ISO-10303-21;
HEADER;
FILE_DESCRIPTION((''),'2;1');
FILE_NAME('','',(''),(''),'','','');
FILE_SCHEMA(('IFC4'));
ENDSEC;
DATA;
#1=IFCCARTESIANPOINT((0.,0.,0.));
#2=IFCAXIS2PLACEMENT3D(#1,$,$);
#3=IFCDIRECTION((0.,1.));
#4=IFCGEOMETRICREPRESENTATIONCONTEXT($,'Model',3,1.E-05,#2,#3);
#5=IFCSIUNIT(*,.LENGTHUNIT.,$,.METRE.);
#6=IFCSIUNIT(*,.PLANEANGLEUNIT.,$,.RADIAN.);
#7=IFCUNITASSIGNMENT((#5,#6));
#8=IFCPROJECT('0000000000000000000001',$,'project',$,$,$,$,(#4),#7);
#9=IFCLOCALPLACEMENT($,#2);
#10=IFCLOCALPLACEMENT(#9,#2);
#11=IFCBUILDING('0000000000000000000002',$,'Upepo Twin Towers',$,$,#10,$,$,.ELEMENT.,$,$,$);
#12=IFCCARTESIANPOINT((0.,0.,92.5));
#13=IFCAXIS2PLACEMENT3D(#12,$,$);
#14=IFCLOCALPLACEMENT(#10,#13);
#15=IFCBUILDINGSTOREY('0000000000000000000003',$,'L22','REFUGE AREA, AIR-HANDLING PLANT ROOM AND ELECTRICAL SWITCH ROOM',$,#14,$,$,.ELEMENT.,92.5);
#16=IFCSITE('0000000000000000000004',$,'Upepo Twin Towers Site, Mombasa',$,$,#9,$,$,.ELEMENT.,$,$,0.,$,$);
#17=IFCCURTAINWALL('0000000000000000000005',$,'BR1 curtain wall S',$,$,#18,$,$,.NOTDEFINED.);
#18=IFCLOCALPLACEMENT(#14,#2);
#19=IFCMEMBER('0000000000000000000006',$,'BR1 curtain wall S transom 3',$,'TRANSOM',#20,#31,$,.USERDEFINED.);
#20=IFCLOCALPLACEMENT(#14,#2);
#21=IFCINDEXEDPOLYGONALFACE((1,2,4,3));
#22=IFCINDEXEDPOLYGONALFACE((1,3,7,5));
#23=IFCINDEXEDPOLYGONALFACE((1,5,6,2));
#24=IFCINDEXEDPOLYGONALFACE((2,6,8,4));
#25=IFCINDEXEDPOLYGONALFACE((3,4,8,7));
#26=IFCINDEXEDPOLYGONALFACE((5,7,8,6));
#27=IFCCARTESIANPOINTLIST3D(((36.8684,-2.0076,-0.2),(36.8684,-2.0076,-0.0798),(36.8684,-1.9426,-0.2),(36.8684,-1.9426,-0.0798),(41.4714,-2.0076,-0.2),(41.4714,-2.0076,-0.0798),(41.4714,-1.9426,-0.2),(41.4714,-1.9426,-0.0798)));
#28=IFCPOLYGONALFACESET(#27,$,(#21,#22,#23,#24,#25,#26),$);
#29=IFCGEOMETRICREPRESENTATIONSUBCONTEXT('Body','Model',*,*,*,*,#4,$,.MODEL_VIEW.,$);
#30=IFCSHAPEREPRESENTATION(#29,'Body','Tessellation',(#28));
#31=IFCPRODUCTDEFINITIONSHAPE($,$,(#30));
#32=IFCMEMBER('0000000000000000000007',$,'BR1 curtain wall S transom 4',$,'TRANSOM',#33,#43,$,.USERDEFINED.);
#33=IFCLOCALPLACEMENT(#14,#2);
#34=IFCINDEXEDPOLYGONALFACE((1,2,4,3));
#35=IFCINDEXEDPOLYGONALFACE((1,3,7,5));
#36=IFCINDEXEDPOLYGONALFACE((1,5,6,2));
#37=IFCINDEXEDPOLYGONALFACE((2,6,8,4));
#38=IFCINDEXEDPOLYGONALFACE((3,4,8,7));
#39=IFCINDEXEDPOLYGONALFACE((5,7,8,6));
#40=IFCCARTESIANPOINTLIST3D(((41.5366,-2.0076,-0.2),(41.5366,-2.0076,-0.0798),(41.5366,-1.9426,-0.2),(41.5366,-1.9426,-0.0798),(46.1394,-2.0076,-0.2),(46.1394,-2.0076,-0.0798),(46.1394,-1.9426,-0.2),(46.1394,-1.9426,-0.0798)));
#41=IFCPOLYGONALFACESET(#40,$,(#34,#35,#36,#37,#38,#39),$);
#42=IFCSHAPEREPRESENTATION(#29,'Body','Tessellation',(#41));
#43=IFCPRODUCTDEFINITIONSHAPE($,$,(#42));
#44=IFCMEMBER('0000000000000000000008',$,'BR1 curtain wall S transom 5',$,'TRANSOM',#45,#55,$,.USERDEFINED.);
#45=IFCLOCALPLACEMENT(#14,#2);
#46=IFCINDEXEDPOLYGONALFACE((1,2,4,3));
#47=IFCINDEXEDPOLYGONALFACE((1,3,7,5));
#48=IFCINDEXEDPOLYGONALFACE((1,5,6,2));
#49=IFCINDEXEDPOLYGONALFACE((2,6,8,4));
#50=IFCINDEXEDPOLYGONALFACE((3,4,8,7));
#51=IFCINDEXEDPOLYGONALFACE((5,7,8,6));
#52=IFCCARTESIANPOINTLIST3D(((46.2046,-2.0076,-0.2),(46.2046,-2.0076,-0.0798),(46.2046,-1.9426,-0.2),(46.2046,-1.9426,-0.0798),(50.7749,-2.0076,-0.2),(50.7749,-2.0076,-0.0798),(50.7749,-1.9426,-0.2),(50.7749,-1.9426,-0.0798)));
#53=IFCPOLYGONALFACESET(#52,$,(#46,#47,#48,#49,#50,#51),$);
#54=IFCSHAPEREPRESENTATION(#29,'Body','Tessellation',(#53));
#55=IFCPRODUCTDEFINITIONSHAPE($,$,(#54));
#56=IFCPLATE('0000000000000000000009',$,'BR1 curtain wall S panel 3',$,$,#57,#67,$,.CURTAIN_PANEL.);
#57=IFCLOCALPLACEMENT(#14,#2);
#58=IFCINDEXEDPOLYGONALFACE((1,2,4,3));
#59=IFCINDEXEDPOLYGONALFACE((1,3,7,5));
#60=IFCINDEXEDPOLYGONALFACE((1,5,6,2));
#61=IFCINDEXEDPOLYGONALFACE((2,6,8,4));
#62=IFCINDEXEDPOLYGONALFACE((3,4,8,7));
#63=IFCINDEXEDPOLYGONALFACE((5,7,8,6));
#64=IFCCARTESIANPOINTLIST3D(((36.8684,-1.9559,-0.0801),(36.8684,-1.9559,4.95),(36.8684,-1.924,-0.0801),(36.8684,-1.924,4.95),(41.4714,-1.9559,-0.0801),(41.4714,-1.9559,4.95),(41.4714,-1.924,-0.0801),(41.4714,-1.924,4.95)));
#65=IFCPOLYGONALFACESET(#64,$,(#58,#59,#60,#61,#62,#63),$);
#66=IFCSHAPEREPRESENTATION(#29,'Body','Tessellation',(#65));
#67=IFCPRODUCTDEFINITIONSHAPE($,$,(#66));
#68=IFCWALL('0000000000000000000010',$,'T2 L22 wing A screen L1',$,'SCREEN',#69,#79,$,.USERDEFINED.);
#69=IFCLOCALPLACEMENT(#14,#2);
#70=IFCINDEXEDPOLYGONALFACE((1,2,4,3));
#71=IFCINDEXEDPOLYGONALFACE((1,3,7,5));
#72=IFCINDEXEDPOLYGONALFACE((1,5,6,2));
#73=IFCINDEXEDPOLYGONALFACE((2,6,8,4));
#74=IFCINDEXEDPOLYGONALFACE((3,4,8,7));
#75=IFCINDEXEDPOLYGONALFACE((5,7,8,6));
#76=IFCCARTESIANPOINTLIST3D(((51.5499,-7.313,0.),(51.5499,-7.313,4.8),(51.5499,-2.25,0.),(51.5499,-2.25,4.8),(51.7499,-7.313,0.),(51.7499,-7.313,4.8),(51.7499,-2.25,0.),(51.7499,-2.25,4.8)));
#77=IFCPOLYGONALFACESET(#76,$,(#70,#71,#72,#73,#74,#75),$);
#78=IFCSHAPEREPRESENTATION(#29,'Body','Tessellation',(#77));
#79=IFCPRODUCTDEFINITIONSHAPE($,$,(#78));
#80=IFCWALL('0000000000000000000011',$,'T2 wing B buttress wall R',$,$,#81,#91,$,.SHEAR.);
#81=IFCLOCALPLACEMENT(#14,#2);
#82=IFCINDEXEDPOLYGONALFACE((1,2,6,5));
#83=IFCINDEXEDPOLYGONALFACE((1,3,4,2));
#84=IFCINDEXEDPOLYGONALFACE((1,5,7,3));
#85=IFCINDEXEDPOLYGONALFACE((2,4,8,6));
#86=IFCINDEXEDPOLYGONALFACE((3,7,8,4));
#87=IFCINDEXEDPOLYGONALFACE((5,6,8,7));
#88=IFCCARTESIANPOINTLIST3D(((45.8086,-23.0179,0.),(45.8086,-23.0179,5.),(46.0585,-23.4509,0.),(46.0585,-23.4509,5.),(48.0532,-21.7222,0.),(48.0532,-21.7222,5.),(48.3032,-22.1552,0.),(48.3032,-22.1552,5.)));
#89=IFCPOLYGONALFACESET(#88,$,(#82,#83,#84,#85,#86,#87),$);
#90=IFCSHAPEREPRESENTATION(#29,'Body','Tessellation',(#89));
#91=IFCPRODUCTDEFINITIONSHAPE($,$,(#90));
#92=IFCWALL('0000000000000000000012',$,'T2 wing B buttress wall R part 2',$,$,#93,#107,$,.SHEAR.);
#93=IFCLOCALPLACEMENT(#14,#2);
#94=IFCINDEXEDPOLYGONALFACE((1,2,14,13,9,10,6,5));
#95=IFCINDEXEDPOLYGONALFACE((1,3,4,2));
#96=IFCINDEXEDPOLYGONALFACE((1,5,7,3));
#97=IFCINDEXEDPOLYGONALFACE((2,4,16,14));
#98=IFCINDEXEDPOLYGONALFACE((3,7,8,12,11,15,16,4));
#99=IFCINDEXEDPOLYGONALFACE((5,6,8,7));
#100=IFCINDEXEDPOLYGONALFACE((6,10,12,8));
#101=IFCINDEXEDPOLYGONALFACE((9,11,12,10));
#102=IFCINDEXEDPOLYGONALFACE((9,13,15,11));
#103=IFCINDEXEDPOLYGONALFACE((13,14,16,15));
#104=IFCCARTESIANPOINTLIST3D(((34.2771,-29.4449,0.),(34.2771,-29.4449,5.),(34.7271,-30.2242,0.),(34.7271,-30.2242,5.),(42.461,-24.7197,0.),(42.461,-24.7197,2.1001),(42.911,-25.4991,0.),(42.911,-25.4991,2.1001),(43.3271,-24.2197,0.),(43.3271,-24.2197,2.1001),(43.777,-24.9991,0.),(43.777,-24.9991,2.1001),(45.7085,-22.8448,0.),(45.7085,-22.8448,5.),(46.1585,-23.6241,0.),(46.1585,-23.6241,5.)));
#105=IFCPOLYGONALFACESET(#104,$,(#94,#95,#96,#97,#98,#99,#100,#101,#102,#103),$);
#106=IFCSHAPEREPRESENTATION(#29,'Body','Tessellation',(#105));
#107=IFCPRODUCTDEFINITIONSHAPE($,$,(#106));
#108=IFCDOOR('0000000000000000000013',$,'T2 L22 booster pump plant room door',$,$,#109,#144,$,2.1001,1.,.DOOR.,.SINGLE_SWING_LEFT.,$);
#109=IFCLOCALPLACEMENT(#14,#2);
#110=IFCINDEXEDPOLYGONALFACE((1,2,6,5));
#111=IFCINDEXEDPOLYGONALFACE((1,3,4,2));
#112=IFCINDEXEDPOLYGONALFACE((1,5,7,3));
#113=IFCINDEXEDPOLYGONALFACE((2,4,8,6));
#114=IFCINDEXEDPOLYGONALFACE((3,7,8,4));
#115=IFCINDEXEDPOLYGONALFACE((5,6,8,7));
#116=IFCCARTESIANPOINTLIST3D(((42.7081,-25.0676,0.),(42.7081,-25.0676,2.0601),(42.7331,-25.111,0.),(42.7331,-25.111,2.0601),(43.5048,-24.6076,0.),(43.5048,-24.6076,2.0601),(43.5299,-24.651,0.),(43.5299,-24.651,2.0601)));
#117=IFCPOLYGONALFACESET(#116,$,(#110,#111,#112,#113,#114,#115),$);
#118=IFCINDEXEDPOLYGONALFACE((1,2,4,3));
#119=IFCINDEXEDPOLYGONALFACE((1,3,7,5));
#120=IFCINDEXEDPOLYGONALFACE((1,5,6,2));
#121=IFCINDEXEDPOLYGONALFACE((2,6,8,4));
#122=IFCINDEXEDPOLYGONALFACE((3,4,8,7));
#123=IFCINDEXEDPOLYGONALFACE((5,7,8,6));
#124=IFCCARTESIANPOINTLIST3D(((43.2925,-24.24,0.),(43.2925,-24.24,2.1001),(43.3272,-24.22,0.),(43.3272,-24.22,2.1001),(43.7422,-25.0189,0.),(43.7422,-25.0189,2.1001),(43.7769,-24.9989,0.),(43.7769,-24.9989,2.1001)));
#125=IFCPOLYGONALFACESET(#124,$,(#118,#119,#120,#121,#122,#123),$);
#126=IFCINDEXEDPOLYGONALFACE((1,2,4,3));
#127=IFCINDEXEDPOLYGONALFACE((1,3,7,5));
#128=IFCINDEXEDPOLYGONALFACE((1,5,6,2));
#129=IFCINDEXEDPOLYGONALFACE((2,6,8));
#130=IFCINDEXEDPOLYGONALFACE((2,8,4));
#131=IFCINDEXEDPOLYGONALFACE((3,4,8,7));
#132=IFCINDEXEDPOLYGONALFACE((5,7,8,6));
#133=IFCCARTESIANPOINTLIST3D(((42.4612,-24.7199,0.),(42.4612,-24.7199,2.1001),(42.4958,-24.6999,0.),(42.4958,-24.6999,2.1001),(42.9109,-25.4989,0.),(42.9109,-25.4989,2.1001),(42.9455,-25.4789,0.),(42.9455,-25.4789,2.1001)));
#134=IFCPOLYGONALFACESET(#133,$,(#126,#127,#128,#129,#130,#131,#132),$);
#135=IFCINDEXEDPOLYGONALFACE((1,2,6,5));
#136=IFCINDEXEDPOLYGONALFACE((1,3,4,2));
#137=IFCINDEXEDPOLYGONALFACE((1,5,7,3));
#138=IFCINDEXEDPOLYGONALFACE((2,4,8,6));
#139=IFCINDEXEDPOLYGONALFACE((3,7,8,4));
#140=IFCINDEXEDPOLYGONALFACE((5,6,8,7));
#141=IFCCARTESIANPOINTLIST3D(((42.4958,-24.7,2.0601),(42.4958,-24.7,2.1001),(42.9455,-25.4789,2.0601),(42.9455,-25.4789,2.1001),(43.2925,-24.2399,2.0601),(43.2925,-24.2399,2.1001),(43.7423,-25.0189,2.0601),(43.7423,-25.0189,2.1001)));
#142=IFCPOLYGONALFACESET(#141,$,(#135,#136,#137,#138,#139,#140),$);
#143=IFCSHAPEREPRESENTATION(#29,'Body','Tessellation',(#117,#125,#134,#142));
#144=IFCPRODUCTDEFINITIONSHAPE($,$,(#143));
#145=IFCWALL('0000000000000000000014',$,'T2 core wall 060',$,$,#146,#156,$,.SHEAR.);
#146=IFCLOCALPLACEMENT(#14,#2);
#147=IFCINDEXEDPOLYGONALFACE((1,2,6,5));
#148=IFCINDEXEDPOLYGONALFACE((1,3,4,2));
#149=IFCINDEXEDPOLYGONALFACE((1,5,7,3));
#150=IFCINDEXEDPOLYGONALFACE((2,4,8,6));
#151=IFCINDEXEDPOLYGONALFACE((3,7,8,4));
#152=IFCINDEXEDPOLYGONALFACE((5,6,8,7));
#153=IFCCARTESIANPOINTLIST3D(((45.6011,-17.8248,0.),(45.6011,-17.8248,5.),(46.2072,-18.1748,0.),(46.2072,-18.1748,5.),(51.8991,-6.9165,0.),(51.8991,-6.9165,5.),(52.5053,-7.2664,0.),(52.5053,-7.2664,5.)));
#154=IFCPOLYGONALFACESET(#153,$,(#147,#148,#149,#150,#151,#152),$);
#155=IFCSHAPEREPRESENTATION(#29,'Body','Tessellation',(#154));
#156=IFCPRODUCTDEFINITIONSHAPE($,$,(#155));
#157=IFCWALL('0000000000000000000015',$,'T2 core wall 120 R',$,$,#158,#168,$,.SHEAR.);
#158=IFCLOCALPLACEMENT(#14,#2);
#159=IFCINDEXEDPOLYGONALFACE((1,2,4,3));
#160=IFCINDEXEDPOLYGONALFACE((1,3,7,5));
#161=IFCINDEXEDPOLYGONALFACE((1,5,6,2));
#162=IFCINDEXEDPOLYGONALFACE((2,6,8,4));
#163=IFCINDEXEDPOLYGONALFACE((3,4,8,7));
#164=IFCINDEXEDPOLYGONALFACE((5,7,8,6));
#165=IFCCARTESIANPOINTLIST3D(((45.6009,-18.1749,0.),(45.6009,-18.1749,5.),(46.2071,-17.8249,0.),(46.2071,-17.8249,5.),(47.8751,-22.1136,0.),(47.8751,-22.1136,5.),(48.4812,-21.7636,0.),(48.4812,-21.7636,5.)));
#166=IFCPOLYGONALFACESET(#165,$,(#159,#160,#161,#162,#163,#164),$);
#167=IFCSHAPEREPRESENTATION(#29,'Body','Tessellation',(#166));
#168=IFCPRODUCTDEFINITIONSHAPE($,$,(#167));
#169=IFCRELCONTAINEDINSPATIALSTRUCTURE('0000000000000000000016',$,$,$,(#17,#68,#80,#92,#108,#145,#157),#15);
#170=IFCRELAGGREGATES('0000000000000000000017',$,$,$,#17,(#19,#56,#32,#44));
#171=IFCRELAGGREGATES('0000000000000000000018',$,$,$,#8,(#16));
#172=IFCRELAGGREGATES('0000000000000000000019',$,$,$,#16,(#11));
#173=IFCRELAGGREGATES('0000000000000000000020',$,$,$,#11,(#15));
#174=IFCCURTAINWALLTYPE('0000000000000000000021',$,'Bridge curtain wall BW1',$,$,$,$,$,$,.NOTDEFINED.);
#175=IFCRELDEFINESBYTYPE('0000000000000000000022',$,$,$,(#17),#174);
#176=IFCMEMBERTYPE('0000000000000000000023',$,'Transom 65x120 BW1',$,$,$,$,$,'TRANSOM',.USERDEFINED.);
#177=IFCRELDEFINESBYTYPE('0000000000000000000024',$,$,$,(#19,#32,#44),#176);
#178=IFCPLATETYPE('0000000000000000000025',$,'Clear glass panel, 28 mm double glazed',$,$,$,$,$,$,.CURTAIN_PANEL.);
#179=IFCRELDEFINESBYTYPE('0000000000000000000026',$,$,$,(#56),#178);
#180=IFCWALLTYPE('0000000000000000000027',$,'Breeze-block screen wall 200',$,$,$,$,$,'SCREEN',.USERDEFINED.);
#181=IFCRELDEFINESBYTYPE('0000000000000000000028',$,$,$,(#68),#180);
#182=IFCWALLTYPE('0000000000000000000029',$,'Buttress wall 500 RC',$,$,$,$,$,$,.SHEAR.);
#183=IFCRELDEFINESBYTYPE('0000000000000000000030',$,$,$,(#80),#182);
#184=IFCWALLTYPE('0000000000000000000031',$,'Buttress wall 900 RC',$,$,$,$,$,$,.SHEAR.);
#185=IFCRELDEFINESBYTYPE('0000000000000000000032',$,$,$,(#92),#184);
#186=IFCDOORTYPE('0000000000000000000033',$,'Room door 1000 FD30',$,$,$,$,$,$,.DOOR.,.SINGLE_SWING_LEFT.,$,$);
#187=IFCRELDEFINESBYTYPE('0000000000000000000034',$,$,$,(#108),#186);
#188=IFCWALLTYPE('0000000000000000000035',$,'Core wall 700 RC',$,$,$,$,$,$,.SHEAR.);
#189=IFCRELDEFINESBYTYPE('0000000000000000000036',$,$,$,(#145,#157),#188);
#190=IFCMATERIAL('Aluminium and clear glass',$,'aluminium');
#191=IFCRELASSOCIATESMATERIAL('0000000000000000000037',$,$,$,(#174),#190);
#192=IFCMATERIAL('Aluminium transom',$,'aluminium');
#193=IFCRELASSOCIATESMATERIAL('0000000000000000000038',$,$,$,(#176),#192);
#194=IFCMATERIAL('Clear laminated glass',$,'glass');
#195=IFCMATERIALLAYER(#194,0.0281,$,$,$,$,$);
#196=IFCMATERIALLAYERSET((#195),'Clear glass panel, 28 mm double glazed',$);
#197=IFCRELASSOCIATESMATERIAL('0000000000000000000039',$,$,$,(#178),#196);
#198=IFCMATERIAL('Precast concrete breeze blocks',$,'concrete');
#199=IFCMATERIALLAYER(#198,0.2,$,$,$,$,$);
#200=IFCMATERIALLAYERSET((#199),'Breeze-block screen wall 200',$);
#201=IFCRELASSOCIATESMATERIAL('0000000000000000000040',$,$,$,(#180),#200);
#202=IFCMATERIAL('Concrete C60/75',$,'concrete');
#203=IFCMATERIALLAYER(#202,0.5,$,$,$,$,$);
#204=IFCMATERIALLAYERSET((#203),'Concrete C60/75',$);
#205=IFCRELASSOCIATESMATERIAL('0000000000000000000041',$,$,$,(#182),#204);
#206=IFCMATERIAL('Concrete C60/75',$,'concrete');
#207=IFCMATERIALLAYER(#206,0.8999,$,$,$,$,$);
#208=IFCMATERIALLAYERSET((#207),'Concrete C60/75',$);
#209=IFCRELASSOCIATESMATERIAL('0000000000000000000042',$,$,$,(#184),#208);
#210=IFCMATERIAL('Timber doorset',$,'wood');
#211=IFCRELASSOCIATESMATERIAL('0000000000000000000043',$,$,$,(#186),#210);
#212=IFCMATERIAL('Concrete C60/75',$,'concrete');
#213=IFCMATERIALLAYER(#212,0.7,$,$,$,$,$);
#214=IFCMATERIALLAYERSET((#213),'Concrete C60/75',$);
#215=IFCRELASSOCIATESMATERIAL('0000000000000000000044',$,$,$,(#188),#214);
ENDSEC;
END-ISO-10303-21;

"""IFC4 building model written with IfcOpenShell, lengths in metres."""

from ifc_helpers import new_model, si_unit, direction, frame, frame_2d, origin, origin_2d, place, context, subcontext, project, spatial, rectangle, extrude, material, layer, layer_set, material_profile, profile_set, type_object, element, fill, aggregate, save


model = new_model("IFC4")

# Units and contexts
model_context = context("Model", 3, precision=1e-05, world=origin(), true_north=direction((0.0, 1.0)))
body_context = subcontext(model_context, "Body", "Model", "MODEL_VIEW")
ifc_project = project(units=[si_unit("LENGTHUNIT", "METRE"), si_unit("PLANEANGLEUNIT", "RADIAN")], contexts=[model_context])

# Site, building, storey
site_placement = place(None, origin())
site = spatial("IfcSite", under=ifc_project, at=site_placement, Name="Upepo Twin Towers Site, Mombasa", CompositionType="ELEMENT", RefElevation=0.0)
building_placement = place(site_placement, origin())
building = spatial("IfcBuilding", under=site, at=building_placement, Name="Upepo Twin Towers", CompositionType="ELEMENT")
storey_placement = place(building_placement, frame((0.0, 0.0, 92.5)))
storey = spatial("IfcBuildingStorey", under=building, at=storey_placement, Name="L22", Description="REFUGE AREA, AIR-HANDLING PLANT ROOM AND ELECTRICAL SWITCH ROOM", CompositionType="ELEMENT", Elevation=92.5)

# Curtain wall, members, plate
ifc_material_1 = material(Name="Aluminium and clear glass", Category="aluminium")
curtain_wall_type = type_object("IfcCurtainWallType", Name="Bridge curtain wall BW1", PredefinedType="NOTDEFINED", material=ifc_material_1)
curtain_wall_placement = place(storey_placement, origin())
curtain_wall = element("IfcCurtainWall", 1, at=curtain_wall_placement, inside=storey, type_object=curtain_wall_type, Name="BR1 curtain wall S", PredefinedType="NOTDEFINED")
ifc_material_2 = material(Name="Aluminium transom", Category="aluminium")
ifc_material_profile_1 = material_profile(ifc_material_2, rectangle(XDim=0.0649, YDim=0.1201, at=origin_2d()), Name="TRANSOM 65x120 BRIDGE")
ifc_profile_set_1 = profile_set([ifc_material_profile_1], Name="Aluminium transom")
member_type_1 = type_object("IfcMemberType", Name="Transom 65x120 BW1", ElementType="TRANSOM", PredefinedType="USERDEFINED", material=ifc_profile_set_1)
member_1_placement = place(storey_placement, frame((36.8684, -1.9751, -0.1399), z_axis=(1.0, 0.0, 0.0), x_axis=(0.0, 1.0, 0.0)))
member_1 = element("IfcMember", 2, at=member_1_placement, type_object=member_type_1, Name="BR1 curtain wall S transom 3", ObjectType="TRANSOM", PredefinedType="USERDEFINED", context=body_context, shape_type="SweptSolid", body=[
    extrude(rectangle(XDim=0.0649, YDim=0.1201, at=origin_2d()), origin(), (0.0, 0.0, 1.0), 4.603),
])
member_2_placement = place(storey_placement, frame((41.5366, -1.9751, -0.1399), z_axis=(1.0, 0.0, 0.0), x_axis=(0.0, 1.0, 0.0)))
member_2 = element("IfcMember", 3, at=member_2_placement, type_object=member_type_1, Name="BR1 curtain wall S transom 4", ObjectType="TRANSOM", PredefinedType="USERDEFINED", context=body_context, shape_type="SweptSolid", body=[
    extrude(rectangle(XDim=0.0649, YDim=0.1201, at=origin_2d()), origin(), (0.0, 0.0, 1.0), 4.6028),
])
member_3_placement = place(storey_placement, frame((46.2046, -1.9751, -0.1399), z_axis=(1.0, 0.0, 0.0), x_axis=(0.0, 1.0, 0.0)))
member_3 = element("IfcMember", 4, at=member_3_placement, type_object=member_type_1, Name="BR1 curtain wall S transom 5", ObjectType="TRANSOM", PredefinedType="USERDEFINED", context=body_context, shape_type="SweptSolid", body=[
    extrude(rectangle(XDim=0.0649, YDim=0.1201, at=origin_2d()), origin(), (0.0, 0.0, 1.0), 4.5703),
])
ifc_material_3 = material(Name="Clear laminated glass", Category="glass")
ifc_layer_1 = layer(ifc_material_3, 0.0281)
ifc_layer_set_1 = layer_set([ifc_layer_1], Name="Clear glass panel, 28 mm double glazed")
plate_type = type_object("IfcPlateType", Name="Clear glass panel, 28 mm double glazed", PredefinedType="CURTAIN_PANEL", material=ifc_layer_set_1)
plate_placement = place(storey_placement, frame((39.1699, -1.9399, -0.0801), z_axis=(0.0, 0.0, 1.0), x_axis=(1.0, 0.0, 0.0)))
plate = element("IfcPlate", 5, at=plate_placement, type_object=plate_type, Name="BR1 curtain wall S panel 3", PredefinedType="CURTAIN_PANEL", context=body_context, shape_type="SweptSolid", body=[
    extrude(rectangle(XDim=4.603, YDim=0.032, at=origin_2d()), origin(), (0.0, 0.0, 1.0), 5.03),
])
aggregate(curtain_wall, [member_1, plate, member_2, member_3])

# Walls
ifc_material_4 = material(Name="Precast concrete breeze blocks", Category="concrete")
ifc_layer_2 = layer(ifc_material_4, 0.2)
ifc_layer_set_2 = layer_set([ifc_layer_2], Name="Breeze-block screen wall 200")
wall_type_1 = type_object("IfcWallType", Name="Breeze-block screen wall 200", ElementType="SCREEN", PredefinedType="USERDEFINED", material=ifc_layer_set_2)
wall_1_placement = place(storey_placement, frame((51.6499, -7.313, 0.0), z_axis=(0.0, 0.0, 1.0), x_axis=(0.0, 1.0, 0.0)))
element("IfcWall", 6, at=wall_1_placement, inside=storey, type_object=wall_type_1, Name="T2 L22 wing A screen L1", ObjectType="SCREEN", PredefinedType="USERDEFINED", context=body_context, shape_type="SweptSolid", body=[
    extrude(rectangle(XDim=5.063, YDim=0.2, at=frame_2d((2.5315, 0.0))), origin(), (0.0, 0.0, 1.0), 4.8),
])
ifc_material_5 = material(Name="Concrete C60/75", Category="concrete")
ifc_layer_3 = layer(ifc_material_5, 0.5)
ifc_layer_set_3 = layer_set([ifc_layer_3], Name="Concrete C60/75")
wall_type_2 = type_object("IfcWallType", Name="Buttress wall 500 RC", PredefinedType="SHEAR", material=ifc_layer_set_3)
wall_2_placement = place(storey_placement, frame((48.1782, -21.9387, 0.0), z_axis=(0.0, 0.0, 1.0), x_axis=(-0.866073, -0.499918, 0.0)))
element("IfcWall", 7, at=wall_2_placement, inside=storey, type_object=wall_type_2, Name="T2 wing B buttress wall R", PredefinedType="SHEAR", context=body_context, shape_type="SweptSolid", body=[
    extrude(rectangle(XDim=2.5918, YDim=0.5, at=frame_2d((1.2959, 0.0))), origin(), (0.0, 0.0, 1.0), 5.0),
])

# Wall, opening, door
ifc_material_6 = material(Name="Concrete C60/75", Category="concrete")
ifc_layer_4 = layer(ifc_material_6, 0.8999)
ifc_layer_set_4 = layer_set([ifc_layer_4], Name="Concrete C60/75")
wall_type_3 = type_object("IfcWallType", Name="Buttress wall 900 RC", PredefinedType="SHEAR", material=ifc_layer_set_4)
wall_3_placement = place(storey_placement, frame((45.9336, -23.2344, 0.0), z_axis=(0.0, 0.0, 1.0), x_axis=(-0.86602, -0.50001, 0.0)))
wall_3 = element("IfcWall", 8, at=wall_3_placement, inside=storey, type_object=wall_type_3, Name="T2 wing B buttress wall R part 2", PredefinedType="SHEAR", context=body_context, shape_type="SweptSolid", body=[
    extrude(rectangle(XDim=13.2, YDim=0.8999, at=frame_2d((6.6001, 0.0))), origin(), (0.0, 0.0, 1.0), 5.0),
])
opening_1_placement = place(wall_3_placement, frame((2.75, 0.0, 0.0)))
opening_1 = element("IfcOpeningElement", 9, at=opening_1_placement, cuts=wall_3, PredefinedType="OPENING", context=body_context, shape_type="SweptSolid", body=[
    extrude(rectangle(XDim=1.0, YDim=2.1001, at=frame_2d((0.5, 1.05))), frame((0.0, 0.46, 0.0), z_axis=(0.0, -1.0, 0.0), x_axis=(1.0, 0.0, 0.0)), (0.0, 0.0, 1.0), 0.9199),
])
ifc_material_7 = material(Name="Timber doorset", Category="wood")
door_type_1 = type_object("IfcDoorType", Name="Room door 1000 FD30", OperationType="SINGLE_SWING_LEFT", PredefinedType="DOOR", material=ifc_material_7)
door_1_placement = place(opening_1_placement, origin())
door_1 = element("IfcDoor", 10, at=door_1_placement, inside=storey, type_object=door_type_1, Name="T2 L22 booster pump plant room door", OperationType="SINGLE_SWING_LEFT", OverallHeight=2.1001, OverallWidth=1.0, PredefinedType="DOOR", context=body_context, shape_type="SweptSolid", body=[
    extrude(rectangle(XDim=0.92, YDim=2.0601, at=frame_2d((0.5, 1.03))), frame((0.0, 0.0249, 0.0), z_axis=(0.0, -1.0, 0.0), x_axis=(1.0, 0.0, 0.0)), (0.0, 0.0, 1.0), 0.05),
    extrude(rectangle(XDim=0.04, YDim=2.1001, at=frame_2d((0.02, 1.05))), frame((0.0, 0.4497, 0.0), z_axis=(0.0, -1.0, 0.0), x_axis=(1.0, 0.0, 0.0)), (0.0, 0.0, 1.0), 0.8994),
    extrude(rectangle(XDim=0.04, YDim=2.1001, at=frame_2d((0.98, 1.05))), frame((0.0, 0.4497, 0.0), z_axis=(0.0, -1.0, 0.0), x_axis=(1.0, 0.0, 0.0)), (0.0, 0.0, 1.0), 0.8994),
    extrude(rectangle(XDim=0.92, YDim=0.04, at=frame_2d((0.5, 2.0801))), frame((0.0, 0.4497, 0.0), z_axis=(0.0, -1.0, 0.0), x_axis=(1.0, 0.0, 0.0)), (0.0, 0.0, 1.0), 0.8994),
])
fill(opening_1, door_1)

# Walls
ifc_material_8 = material(Name="Concrete C60/75", Category="concrete")
ifc_layer_5 = layer(ifc_material_8, 0.7)
ifc_layer_set_5 = layer_set([ifc_layer_5], Name="Concrete C60/75")
wall_type_4 = type_object("IfcWallType", Name="Core wall 700 RC", PredefinedType="SHEAR", material=ifc_layer_set_5)
wall_4_placement = place(storey_placement, frame((52.2021, -7.0916, 0.0), z_axis=(0.0, 0.0, 1.0), x_axis=(-0.500006, -0.866022, 0.0)))
element("IfcWall", 11, at=wall_4_placement, inside=storey, type_object=wall_type_4, Name="T2 core wall 060", PredefinedType="SHEAR", context=body_context, shape_type="SweptSolid", body=[
    extrude(rectangle(XDim=12.5959, YDim=0.7, at=frame_2d((6.2979, 0.0))), origin(), (0.0, 0.0, 1.0), 5.0),
])
wall_5_placement = place(storey_placement, frame((45.9041, -18.0, 0.0), z_axis=(0.0, 0.0, 1.0), x_axis=(0.500024, -0.866011, 0.0)))
element("IfcWall", 12, at=wall_5_placement, inside=storey, type_object=wall_type_4, Name="T2 core wall 120 R", PredefinedType="SHEAR", context=body_context, shape_type="SweptSolid", body=[
    extrude(rectangle(XDim=4.5481, YDim=0.7, at=frame_2d((2.2739, 0.0))), origin(), (0.0, 0.0, 1.0), 5.0),
])

save(model, "model.ifc")
